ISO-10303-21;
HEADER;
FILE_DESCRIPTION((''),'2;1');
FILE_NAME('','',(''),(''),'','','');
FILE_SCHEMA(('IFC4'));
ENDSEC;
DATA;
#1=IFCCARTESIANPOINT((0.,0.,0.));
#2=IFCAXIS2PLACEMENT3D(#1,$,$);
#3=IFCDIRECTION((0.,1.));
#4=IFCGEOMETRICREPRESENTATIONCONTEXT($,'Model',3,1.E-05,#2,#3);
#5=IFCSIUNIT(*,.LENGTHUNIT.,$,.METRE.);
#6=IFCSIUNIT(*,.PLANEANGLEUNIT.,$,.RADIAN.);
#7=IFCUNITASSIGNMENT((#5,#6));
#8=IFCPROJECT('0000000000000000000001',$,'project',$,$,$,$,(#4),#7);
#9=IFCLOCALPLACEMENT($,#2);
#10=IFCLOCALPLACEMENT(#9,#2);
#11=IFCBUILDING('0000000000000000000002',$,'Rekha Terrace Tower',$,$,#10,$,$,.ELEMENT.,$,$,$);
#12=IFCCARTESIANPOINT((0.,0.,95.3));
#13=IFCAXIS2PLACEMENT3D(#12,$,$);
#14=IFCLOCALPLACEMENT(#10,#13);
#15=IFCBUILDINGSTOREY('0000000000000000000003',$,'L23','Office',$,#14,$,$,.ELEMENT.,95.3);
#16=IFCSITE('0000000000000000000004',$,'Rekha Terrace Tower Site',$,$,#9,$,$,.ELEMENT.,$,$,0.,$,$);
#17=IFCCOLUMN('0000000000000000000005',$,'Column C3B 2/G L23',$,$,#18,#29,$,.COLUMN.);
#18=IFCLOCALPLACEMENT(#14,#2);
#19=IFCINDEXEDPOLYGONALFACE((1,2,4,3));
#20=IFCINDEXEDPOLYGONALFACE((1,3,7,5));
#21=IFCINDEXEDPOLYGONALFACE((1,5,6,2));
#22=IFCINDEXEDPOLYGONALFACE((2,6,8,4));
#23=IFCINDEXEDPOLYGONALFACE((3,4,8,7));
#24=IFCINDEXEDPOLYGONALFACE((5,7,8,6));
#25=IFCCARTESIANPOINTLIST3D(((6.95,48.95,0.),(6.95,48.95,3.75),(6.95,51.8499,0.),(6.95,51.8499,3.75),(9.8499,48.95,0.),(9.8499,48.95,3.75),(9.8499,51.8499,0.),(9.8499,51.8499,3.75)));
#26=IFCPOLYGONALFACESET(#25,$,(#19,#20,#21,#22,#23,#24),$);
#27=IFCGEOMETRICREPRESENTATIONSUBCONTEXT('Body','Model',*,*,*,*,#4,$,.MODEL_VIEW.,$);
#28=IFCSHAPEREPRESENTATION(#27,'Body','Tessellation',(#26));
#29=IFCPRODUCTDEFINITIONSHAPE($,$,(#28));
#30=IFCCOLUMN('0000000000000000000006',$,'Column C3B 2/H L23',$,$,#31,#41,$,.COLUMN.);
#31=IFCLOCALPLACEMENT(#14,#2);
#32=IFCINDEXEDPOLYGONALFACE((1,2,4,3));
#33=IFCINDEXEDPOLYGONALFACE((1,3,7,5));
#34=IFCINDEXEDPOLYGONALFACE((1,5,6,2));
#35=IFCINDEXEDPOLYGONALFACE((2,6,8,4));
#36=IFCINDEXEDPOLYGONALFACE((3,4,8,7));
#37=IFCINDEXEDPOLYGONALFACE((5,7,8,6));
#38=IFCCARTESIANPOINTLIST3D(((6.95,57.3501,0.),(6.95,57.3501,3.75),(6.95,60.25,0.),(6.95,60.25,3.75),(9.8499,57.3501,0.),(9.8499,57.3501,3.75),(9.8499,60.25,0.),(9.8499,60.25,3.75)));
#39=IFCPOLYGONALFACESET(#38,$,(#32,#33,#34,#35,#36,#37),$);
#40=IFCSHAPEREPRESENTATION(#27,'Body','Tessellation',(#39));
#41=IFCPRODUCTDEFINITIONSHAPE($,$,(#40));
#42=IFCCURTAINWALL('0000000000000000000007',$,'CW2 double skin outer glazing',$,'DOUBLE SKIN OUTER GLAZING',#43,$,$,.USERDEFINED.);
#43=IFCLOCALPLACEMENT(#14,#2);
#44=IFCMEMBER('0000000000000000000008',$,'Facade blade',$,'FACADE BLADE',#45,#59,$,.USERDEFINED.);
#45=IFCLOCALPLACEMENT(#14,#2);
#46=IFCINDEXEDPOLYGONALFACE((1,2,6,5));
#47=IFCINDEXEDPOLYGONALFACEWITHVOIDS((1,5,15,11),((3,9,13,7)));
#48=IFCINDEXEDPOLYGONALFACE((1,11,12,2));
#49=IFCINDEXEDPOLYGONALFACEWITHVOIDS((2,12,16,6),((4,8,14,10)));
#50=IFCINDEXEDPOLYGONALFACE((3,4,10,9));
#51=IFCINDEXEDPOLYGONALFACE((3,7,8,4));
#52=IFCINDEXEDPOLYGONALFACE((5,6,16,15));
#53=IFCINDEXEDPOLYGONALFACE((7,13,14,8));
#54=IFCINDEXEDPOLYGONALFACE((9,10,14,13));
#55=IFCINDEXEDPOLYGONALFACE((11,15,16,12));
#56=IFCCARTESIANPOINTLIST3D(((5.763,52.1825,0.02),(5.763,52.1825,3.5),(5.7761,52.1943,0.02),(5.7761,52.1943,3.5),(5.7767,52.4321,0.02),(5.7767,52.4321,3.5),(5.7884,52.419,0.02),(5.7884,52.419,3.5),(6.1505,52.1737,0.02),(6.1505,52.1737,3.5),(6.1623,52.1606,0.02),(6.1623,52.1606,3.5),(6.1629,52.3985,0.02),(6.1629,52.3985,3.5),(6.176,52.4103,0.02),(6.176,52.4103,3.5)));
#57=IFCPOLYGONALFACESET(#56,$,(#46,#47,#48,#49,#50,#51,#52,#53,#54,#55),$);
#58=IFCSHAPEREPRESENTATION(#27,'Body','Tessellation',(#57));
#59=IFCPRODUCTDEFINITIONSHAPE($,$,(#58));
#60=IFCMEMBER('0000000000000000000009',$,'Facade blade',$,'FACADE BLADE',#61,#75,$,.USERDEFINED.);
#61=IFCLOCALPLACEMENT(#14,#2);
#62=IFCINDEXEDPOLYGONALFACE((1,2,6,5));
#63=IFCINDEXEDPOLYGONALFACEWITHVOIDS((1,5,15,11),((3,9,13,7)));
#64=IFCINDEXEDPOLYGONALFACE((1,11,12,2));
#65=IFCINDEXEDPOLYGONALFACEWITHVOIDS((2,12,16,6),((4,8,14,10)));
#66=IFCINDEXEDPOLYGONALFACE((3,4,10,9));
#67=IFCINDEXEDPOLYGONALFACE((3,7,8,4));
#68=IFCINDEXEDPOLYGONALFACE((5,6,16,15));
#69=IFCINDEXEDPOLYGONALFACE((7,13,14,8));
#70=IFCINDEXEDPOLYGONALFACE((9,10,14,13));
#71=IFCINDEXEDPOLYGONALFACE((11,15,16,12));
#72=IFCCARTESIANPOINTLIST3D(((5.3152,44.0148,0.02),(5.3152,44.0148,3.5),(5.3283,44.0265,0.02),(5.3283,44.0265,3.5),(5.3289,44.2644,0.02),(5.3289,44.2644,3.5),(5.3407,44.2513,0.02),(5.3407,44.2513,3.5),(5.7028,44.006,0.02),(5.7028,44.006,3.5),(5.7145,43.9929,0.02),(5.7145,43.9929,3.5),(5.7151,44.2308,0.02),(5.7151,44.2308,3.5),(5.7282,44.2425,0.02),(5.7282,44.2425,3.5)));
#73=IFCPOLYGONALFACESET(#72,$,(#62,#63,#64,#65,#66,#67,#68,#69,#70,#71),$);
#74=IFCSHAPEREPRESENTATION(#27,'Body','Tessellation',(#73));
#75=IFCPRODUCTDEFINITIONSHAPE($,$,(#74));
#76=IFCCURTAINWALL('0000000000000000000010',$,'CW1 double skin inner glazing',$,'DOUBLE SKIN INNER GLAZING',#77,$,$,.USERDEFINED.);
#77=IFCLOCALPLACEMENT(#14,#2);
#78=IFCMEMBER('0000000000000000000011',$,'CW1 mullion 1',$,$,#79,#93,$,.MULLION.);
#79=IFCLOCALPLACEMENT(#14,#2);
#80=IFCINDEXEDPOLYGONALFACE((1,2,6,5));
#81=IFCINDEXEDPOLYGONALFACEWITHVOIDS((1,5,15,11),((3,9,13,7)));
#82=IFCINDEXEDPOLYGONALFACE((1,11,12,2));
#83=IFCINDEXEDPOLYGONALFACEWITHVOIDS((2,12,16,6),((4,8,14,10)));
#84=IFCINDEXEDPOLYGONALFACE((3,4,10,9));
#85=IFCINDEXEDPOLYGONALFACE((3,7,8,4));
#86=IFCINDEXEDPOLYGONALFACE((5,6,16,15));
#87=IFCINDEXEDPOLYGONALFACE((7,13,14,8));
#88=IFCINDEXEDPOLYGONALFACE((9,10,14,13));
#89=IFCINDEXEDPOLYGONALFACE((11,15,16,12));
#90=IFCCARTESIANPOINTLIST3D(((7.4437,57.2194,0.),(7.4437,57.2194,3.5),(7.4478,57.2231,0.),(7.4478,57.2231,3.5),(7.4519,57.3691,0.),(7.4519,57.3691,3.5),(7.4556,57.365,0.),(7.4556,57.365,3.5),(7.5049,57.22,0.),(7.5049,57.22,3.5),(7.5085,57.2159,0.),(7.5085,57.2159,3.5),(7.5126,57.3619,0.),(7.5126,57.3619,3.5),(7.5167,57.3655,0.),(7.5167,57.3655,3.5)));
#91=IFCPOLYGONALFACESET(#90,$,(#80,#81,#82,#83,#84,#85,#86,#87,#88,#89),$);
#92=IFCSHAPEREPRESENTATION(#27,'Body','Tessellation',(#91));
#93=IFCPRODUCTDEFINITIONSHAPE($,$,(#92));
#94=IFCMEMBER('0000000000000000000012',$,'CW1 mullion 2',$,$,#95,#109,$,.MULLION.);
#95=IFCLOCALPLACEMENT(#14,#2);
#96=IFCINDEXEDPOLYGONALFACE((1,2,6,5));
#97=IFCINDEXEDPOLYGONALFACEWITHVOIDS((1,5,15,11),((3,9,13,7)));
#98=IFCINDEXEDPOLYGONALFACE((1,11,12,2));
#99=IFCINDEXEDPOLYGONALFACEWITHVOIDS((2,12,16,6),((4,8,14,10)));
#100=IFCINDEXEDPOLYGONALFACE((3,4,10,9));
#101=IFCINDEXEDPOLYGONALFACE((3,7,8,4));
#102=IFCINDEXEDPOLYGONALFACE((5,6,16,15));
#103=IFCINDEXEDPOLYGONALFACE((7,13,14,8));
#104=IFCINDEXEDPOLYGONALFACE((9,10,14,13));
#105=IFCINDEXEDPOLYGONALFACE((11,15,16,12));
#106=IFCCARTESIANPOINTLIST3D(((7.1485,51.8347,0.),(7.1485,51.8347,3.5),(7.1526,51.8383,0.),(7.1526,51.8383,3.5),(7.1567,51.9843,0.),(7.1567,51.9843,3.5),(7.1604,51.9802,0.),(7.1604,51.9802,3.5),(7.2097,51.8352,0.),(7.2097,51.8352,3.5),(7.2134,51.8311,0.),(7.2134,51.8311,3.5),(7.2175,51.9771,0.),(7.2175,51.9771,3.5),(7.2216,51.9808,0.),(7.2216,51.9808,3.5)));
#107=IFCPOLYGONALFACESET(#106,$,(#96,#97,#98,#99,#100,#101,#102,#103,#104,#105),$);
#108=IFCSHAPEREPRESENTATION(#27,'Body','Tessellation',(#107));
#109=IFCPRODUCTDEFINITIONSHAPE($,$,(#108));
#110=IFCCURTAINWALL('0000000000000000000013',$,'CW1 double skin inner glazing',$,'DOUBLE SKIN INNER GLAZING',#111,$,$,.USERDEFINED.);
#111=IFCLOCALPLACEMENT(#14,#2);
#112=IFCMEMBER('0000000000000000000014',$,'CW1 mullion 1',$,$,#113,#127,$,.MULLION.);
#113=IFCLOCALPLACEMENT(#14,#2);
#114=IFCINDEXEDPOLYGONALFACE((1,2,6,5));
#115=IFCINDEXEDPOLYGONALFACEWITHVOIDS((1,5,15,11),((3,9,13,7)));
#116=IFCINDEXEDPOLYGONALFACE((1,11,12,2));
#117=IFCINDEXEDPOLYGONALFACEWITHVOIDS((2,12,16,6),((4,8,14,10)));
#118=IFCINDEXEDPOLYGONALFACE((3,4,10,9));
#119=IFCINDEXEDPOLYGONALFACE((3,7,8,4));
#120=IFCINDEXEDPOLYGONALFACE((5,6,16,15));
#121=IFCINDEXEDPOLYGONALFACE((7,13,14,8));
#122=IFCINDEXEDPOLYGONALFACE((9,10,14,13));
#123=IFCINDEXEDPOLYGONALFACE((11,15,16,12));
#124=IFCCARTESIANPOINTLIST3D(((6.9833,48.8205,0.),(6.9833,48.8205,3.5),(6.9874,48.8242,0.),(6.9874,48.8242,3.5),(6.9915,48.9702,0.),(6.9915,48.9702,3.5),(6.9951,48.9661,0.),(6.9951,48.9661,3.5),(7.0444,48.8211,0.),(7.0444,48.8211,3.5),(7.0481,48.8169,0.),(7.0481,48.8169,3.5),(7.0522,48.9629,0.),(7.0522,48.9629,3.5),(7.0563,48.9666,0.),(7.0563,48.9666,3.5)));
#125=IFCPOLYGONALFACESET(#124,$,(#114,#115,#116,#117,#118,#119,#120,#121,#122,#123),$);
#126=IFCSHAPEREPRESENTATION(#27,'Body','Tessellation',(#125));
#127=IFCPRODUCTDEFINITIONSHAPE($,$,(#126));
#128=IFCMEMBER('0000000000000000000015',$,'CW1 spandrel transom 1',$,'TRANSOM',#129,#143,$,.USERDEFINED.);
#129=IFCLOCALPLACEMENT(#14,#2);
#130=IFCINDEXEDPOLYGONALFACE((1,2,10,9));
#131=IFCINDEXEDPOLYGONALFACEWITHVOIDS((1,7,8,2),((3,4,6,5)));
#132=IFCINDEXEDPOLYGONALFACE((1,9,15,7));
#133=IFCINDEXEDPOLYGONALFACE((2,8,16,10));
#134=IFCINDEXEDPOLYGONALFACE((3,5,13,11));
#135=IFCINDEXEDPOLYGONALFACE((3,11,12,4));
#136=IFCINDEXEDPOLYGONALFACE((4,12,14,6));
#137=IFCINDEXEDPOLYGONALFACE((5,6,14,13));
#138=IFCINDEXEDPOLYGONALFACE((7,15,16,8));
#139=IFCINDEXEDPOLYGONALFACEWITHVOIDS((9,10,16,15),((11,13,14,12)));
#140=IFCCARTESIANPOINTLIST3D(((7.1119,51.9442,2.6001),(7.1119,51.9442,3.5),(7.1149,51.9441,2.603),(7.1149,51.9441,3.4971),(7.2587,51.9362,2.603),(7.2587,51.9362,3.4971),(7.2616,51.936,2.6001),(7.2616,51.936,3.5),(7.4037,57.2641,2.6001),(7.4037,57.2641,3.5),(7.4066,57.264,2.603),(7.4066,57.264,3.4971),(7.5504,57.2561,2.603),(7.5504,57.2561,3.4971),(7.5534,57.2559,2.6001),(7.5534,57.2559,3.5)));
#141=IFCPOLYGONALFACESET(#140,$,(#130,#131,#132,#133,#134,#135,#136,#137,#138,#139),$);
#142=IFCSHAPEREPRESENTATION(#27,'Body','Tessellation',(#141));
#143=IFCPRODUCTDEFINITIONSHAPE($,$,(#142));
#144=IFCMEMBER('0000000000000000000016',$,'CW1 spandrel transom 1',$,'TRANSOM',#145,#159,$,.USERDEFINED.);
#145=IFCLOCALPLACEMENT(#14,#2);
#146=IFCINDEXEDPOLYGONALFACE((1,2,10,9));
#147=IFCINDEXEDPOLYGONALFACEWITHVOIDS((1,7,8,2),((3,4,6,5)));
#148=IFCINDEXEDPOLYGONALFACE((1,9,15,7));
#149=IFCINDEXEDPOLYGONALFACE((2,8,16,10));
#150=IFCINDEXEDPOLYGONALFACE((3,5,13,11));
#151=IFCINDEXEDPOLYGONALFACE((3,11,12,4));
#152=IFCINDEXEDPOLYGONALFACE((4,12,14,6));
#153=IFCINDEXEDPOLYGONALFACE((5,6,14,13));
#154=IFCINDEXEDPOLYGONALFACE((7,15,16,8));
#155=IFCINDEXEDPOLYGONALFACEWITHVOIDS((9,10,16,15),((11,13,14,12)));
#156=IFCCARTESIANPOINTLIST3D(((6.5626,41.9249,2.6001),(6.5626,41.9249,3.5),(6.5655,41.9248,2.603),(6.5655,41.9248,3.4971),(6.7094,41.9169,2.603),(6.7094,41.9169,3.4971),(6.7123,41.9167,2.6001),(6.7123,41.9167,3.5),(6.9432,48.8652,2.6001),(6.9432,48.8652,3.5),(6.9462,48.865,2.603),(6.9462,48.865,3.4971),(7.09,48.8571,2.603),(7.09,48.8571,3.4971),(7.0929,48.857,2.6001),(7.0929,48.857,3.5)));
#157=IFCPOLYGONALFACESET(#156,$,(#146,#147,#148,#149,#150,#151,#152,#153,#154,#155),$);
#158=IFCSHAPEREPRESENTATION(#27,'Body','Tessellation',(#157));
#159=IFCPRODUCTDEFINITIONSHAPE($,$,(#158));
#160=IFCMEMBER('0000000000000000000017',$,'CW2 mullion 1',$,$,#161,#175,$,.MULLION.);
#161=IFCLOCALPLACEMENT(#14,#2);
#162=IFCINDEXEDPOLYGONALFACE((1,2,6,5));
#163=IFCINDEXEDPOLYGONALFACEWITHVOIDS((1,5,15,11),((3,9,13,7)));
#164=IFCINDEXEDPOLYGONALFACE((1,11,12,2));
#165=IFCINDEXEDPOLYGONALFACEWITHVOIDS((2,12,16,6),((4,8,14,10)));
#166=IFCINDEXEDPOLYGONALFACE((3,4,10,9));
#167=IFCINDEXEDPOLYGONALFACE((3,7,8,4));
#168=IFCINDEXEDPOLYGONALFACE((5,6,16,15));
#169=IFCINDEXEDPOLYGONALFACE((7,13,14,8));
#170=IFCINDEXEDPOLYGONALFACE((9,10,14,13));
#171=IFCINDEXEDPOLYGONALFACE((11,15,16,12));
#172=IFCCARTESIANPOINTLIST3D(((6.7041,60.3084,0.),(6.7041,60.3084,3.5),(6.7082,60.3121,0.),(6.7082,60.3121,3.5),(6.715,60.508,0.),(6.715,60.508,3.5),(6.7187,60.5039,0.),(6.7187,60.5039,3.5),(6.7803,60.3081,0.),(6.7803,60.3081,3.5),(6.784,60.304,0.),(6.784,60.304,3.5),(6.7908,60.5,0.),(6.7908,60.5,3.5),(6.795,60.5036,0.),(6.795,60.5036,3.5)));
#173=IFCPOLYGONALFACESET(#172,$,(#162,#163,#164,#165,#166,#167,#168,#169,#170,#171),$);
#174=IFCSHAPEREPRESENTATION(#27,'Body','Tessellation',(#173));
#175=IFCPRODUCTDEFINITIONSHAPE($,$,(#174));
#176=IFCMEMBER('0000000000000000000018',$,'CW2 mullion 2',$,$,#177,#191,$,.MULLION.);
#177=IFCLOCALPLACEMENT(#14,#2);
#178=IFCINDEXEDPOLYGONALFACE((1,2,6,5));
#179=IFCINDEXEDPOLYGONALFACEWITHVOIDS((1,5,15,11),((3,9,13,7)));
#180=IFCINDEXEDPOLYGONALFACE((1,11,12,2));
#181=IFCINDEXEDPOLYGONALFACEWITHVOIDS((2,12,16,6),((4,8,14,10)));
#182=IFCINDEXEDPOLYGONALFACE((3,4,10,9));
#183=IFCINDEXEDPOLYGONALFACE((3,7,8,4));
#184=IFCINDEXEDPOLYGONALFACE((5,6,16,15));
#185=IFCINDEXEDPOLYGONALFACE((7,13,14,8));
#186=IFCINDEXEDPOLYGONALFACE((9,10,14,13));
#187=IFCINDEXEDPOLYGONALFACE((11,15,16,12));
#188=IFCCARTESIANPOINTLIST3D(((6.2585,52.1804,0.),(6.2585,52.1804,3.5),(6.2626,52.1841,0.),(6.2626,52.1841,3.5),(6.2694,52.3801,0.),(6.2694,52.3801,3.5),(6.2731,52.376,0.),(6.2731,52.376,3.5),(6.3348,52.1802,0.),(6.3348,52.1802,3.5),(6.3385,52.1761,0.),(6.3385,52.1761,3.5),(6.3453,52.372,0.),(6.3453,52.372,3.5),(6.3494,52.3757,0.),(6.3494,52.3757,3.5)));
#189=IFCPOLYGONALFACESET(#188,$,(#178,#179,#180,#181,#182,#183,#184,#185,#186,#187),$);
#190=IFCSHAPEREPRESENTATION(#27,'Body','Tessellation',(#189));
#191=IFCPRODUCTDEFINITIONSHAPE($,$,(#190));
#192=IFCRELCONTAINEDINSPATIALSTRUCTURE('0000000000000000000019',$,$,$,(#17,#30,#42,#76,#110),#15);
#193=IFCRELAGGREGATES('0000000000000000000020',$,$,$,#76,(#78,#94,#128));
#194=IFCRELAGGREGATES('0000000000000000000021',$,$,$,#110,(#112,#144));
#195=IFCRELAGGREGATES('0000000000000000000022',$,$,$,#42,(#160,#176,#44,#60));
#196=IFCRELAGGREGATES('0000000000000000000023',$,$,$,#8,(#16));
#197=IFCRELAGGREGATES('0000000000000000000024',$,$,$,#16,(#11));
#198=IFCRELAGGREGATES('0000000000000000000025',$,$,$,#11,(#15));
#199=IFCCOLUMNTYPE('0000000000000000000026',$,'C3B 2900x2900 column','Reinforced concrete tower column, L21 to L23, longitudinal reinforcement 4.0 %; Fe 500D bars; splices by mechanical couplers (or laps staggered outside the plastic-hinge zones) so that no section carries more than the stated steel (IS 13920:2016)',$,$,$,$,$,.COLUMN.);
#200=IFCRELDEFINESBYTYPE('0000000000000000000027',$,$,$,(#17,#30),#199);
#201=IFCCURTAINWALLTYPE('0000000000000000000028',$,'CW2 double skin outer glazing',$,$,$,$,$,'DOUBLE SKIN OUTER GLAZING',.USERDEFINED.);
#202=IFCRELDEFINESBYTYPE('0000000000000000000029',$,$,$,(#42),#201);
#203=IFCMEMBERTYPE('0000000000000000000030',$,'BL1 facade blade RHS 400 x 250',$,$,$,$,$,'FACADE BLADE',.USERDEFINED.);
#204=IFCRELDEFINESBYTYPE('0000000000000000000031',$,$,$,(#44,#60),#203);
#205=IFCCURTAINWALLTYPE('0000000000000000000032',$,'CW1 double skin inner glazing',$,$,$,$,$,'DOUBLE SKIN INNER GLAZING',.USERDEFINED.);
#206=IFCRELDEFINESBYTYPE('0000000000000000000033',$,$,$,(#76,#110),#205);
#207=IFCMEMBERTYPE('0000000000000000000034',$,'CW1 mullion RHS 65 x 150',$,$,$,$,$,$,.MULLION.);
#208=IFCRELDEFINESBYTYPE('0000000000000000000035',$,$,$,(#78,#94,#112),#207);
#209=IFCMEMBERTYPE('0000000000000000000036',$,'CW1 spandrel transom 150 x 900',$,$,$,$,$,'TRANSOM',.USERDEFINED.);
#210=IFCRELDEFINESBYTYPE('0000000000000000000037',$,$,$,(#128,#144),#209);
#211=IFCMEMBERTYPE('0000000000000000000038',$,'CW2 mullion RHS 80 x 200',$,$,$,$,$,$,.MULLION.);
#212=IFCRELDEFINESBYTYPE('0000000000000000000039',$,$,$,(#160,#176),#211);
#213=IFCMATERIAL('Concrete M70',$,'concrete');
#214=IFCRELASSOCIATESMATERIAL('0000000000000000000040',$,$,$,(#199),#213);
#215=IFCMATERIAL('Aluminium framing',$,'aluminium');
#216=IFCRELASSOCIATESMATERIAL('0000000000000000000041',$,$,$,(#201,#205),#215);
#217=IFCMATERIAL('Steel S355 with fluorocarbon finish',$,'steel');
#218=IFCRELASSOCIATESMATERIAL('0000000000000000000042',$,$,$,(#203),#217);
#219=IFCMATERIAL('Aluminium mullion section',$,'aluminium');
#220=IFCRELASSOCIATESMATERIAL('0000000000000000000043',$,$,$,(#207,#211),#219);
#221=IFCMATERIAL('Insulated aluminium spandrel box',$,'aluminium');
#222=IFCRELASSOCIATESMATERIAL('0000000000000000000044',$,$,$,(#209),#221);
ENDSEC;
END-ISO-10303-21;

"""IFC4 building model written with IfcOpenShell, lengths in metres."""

from ifc_helpers import new_model, si_unit, direction, frame, origin, origin_2d, place, context, subcontext, project, spatial, rectangle, hollow_rectangle, extrude, material, material_profile, profile_set, type_object, element, aggregate, save


model = new_model("IFC4")

# Units and contexts
model_context = context("Model", 3, precision=1e-05, world=origin(), true_north=direction((0.0, 1.0)))
body_context = subcontext(model_context, "Body", "Model", "MODEL_VIEW")
ifc_project = project(units=[si_unit("LENGTHUNIT", "METRE"), si_unit("PLANEANGLEUNIT", "RADIAN")], contexts=[model_context])

# Site, building, storey
site_placement = place(None, origin())
site = spatial("IfcSite", under=ifc_project, at=site_placement, Name="Rekha Terrace Tower Site", CompositionType="ELEMENT", RefElevation=0.0)
building_placement = place(site_placement, origin())
building = spatial("IfcBuilding", under=site, at=building_placement, Name="Rekha Terrace Tower", CompositionType="ELEMENT")
storey_placement = place(building_placement, frame((0.0, 0.0, 95.3)))
storey = spatial("IfcBuildingStorey", under=building, at=storey_placement, Name="L23", Description="Office", CompositionType="ELEMENT", Elevation=95.3)

# Columns
ifc_material_1 = material(Name="Concrete M70", Category="concrete")
ifc_material_profile_1 = material_profile(ifc_material_1, rectangle(XDim=2.8999, YDim=2.8999, at=origin_2d()), Name="RC 2900x2900")
ifc_profile_set_1 = profile_set([ifc_material_profile_1], Name="Concrete M70")
column_type = type_object("IfcColumnType", Name="C3B 2900x2900 column", Description="Reinforced concrete tower column, L21 to L23, longitudinal reinforcement 4.0 %; Fe 500D bars; splices by mechanical couplers (or laps staggered outside the plastic-hinge zones) so that no section carries more than the stated steel (IS 13920:2016)", PredefinedType="COLUMN", material=ifc_profile_set_1)
for number, where, z_axis, x_axis, name in (
    (1, (8.3999, 50.3999, 0.0), (0.0, 0.0, 1.0), (1.0, 0.0, 0.0), "Column C3B 2/G L23"),
    (2, (8.3999, 58.8, 0.0), (0.0, 0.0, 1.0), (1.0, 0.0, 0.0), "Column C3B 2/H L23"),
):
    element("IfcColumn", number, at=place(storey_placement, frame(where, z_axis=z_axis, x_axis=x_axis)), inside=storey, type_object=column_type, Name=name, PredefinedType="COLUMN", context=body_context, shape_type="SweptSolid", body=[
        extrude(rectangle(XDim=2.8999, YDim=2.8999, at=origin_2d()), origin(), (0.0, 0.0, 1.0), 3.75),
    ])

# Curtain walls, members
ifc_material_2 = material(Name="Aluminium framing", Category="aluminium")
curtain_wall_type_1 = type_object("IfcCurtainWallType", Name="CW2 double skin outer glazing", ElementType="DOUBLE SKIN OUTER GLAZING", PredefinedType="USERDEFINED", material=ifc_material_2)
curtain_wall_1_placement = place(storey_placement, origin())
curtain_wall_1 = element("IfcCurtainWall", 3, at=curtain_wall_1_placement, inside=storey, type_object=curtain_wall_type_1, Name="CW2 double skin outer glazing", ObjectType="DOUBLE SKIN OUTER GLAZING", PredefinedType="USERDEFINED")
ifc_material_3 = material(Name="Steel S355 with fluorocarbon finish", Category="steel")
ifc_material_profile_2 = material_profile(ifc_material_3, hollow_rectangle(XDim=0.25, YDim=0.3999, WallThickness=0.0125, at=origin_2d()), Name="RHS400x250x12.5")
ifc_profile_set_2 = profile_set([ifc_material_profile_2], Name="Steel S355 with fluorocarbon finish")
member_type_1 = type_object("IfcMemberType", Name="BL1 facade blade RHS 400 x 250", ElementType="FACADE BLADE", PredefinedType="USERDEFINED", material=ifc_profile_set_2)
member_1_placement = place(storey_placement, frame((5.9695, 52.2964, 0.02), z_axis=(0.0, 0.0, 1.0), x_axis=(-0.054743, -0.9985, 0.0)))
member_1 = element("IfcMember", 4, at=member_1_placement, type_object=member_type_1, Name="Facade blade", ObjectType="FACADE BLADE", PredefinedType="USERDEFINED", context=body_context, shape_type="SweptSolid", body=[
    extrude(hollow_rectangle(XDim=0.25, YDim=0.3999, WallThickness=0.0125, at=origin_2d()), origin(), (0.0, 0.0, 1.0), 3.48),
])
member_2_placement = place(storey_placement, frame((5.5217, 44.1287, 0.02), z_axis=(0.0, 0.0, 1.0), x_axis=(-0.054743, -0.9985, 0.0)))
member_2 = element("IfcMember", 5, at=member_2_placement, type_object=member_type_1, Name="Facade blade", ObjectType="FACADE BLADE", PredefinedType="USERDEFINED", context=body_context, shape_type="SweptSolid", body=[
    extrude(hollow_rectangle(XDim=0.25, YDim=0.3999, WallThickness=0.0125, at=origin_2d()), origin(), (0.0, 0.0, 1.0), 3.48),
])
curtain_wall_type_2 = type_object("IfcCurtainWallType", Name="CW1 double skin inner glazing", ElementType="DOUBLE SKIN INNER GLAZING", PredefinedType="USERDEFINED", material=ifc_material_2)
curtain_wall_2_placement = place(storey_placement, origin())
curtain_wall_2 = element("IfcCurtainWall", 6, at=curtain_wall_2_placement, inside=storey, type_object=curtain_wall_type_2, Name="CW1 double skin inner glazing", ObjectType="DOUBLE SKIN INNER GLAZING", PredefinedType="USERDEFINED")
ifc_material_4 = material(Name="Aluminium mullion section", Category="aluminium")
ifc_material_profile_3 = material_profile(ifc_material_4, hollow_rectangle(XDim=0.0649, YDim=0.1499, WallThickness=0.0039, at=origin_2d()), Name="AL RHS 65x150")
ifc_profile_set_3 = profile_set([ifc_material_profile_3], Name="Aluminium mullion section")
member_type_2 = type_object("IfcMemberType", Name="CW1 mullion RHS 65 x 150", PredefinedType="MULLION", material=ifc_profile_set_3)
member_3_placement = place(storey_placement, frame((7.4802, 57.2925, 0.0), z_axis=(0.0, 0.0, 1.0), x_axis=(0.998501, -0.054742, 0.0)))
member_3 = element("IfcMember", 7, at=member_3_placement, type_object=member_type_2, Name="CW1 mullion 1", PredefinedType="MULLION", context=body_context, shape_type="SweptSolid", body=[
    extrude(hollow_rectangle(XDim=0.0649, YDim=0.1499, WallThickness=0.0039, at=origin_2d()), origin(), (0.0, 0.0, 1.0), 3.5),
])
member_4_placement = place(storey_placement, frame((7.1851, 51.9077, 0.0), z_axis=(0.0, 0.0, 1.0), x_axis=(0.998501, -0.054742, 0.0)))
member_4 = element("IfcMember", 8, at=member_4_placement, type_object=member_type_2, Name="CW1 mullion 2", PredefinedType="MULLION", context=body_context, shape_type="SweptSolid", body=[
    extrude(hollow_rectangle(XDim=0.0649, YDim=0.1499, WallThickness=0.0039, at=origin_2d()), origin(), (0.0, 0.0, 1.0), 3.5),
])

# Curtain wall, member
curtain_wall_3_placement = place(storey_placement, origin())
curtain_wall_3 = element("IfcCurtainWall", 9, at=curtain_wall_3_placement, inside=storey, type_object=curtain_wall_type_2, Name="CW1 double skin inner glazing", ObjectType="DOUBLE SKIN INNER GLAZING", PredefinedType="USERDEFINED")
member_5_placement = place(storey_placement, frame((7.0198, 48.8936, 0.0), z_axis=(0.0, 0.0, 1.0), x_axis=(0.998501, -0.054742, 0.0)))
member_5 = element("IfcMember", 10, at=member_5_placement, type_object=member_type_2, Name="CW1 mullion 1", PredefinedType="MULLION", context=body_context, shape_type="SweptSolid", body=[
    extrude(hollow_rectangle(XDim=0.0649, YDim=0.1499, WallThickness=0.0039, at=origin_2d()), origin(), (0.0, 0.0, 1.0), 3.5),
])

# Members
ifc_material_5 = material(Name="Insulated aluminium spandrel box", Category="aluminium")
ifc_material_profile_4 = material_profile(ifc_material_5, hollow_rectangle(XDim=0.1499, YDim=0.8999, WallThickness=0.0029, at=origin_2d()), Name="AL SPANDREL BOX 150x900")
ifc_profile_set_4 = profile_set([ifc_material_profile_4], Name="Insulated aluminium spandrel box")
member_type_3 = type_object("IfcMemberType", Name="CW1 spandrel transom 150 x 900", ElementType="TRANSOM", PredefinedType="USERDEFINED", material=ifc_profile_set_4)
member_6_placement = place(storey_placement, frame((7.4785, 57.26, 3.05), z_axis=(-0.054759, -0.9985, 0.0), x_axis=(0.9985, -0.054759, 0.0)))
member_6 = element("IfcMember", 11, at=member_6_placement, type_object=member_type_3, Name="CW1 spandrel transom 1", ObjectType="TRANSOM", PredefinedType="USERDEFINED", context=body_context, shape_type="SweptSolid", body=[
    extrude(hollow_rectangle(XDim=0.1499, YDim=0.8999, WallThickness=0.0029, at=origin_2d()), origin(), (0.0, 0.0, 1.0), 5.3279),
])
member_7_placement = place(storey_placement, frame((7.0181, 48.8611, 3.05), z_axis=(-0.05476, -0.9985, 0.0), x_axis=(0.9985, -0.05476, 0.0)))
member_7 = element("IfcMember", 12, at=member_7_placement, type_object=member_type_3, Name="CW1 spandrel transom 1", ObjectType="TRANSOM", PredefinedType="USERDEFINED", context=body_context, shape_type="SweptSolid", body=[
    extrude(hollow_rectangle(XDim=0.1499, YDim=0.8999, WallThickness=0.0029, at=origin_2d()), origin(), (0.0, 0.0, 1.0), 6.9507),
])
ifc_material_profile_5 = material_profile(ifc_material_4, hollow_rectangle(XDim=0.0801, YDim=0.2, WallThickness=0.0039, at=origin_2d()), Name="AL RHS 80x200")
ifc_profile_set_5 = profile_set([ifc_material_profile_5], Name="Aluminium mullion section")
member_type_4 = type_object("IfcMemberType", Name="CW2 mullion RHS 80 x 200", PredefinedType="MULLION", material=ifc_profile_set_5)
member_8_placement = place(storey_placement, frame((6.7495, 60.406, 0.0), z_axis=(0.0, 0.0, 1.0), x_axis=(0.998501, -0.054742, 0.0)))
member_8 = element("IfcMember", 13, at=member_8_placement, type_object=member_type_4, Name="CW2 mullion 1", PredefinedType="MULLION", context=body_context, shape_type="SweptSolid", body=[
    extrude(hollow_rectangle(XDim=0.0801, YDim=0.2, WallThickness=0.0039, at=origin_2d()), origin(), (0.0, 0.0, 1.0), 3.5),
])
member_9_placement = place(storey_placement, frame((6.304, 52.2781, 0.0), z_axis=(0.0, 0.0, 1.0), x_axis=(0.998501, -0.054742, 0.0)))
member_9 = element("IfcMember", 14, at=member_9_placement, type_object=member_type_4, Name="CW2 mullion 2", PredefinedType="MULLION", context=body_context, shape_type="SweptSolid", body=[
    extrude(hollow_rectangle(XDim=0.0801, YDim=0.2, WallThickness=0.0039, at=origin_2d()), origin(), (0.0, 0.0, 1.0), 3.5),
])

aggregate(curtain_wall_2, [member_3, member_4, member_6])
aggregate(curtain_wall_3, [member_5, member_7])
aggregate(curtain_wall_1, [member_8, member_9, member_1, member_2])

save(model, "model.ifc")
